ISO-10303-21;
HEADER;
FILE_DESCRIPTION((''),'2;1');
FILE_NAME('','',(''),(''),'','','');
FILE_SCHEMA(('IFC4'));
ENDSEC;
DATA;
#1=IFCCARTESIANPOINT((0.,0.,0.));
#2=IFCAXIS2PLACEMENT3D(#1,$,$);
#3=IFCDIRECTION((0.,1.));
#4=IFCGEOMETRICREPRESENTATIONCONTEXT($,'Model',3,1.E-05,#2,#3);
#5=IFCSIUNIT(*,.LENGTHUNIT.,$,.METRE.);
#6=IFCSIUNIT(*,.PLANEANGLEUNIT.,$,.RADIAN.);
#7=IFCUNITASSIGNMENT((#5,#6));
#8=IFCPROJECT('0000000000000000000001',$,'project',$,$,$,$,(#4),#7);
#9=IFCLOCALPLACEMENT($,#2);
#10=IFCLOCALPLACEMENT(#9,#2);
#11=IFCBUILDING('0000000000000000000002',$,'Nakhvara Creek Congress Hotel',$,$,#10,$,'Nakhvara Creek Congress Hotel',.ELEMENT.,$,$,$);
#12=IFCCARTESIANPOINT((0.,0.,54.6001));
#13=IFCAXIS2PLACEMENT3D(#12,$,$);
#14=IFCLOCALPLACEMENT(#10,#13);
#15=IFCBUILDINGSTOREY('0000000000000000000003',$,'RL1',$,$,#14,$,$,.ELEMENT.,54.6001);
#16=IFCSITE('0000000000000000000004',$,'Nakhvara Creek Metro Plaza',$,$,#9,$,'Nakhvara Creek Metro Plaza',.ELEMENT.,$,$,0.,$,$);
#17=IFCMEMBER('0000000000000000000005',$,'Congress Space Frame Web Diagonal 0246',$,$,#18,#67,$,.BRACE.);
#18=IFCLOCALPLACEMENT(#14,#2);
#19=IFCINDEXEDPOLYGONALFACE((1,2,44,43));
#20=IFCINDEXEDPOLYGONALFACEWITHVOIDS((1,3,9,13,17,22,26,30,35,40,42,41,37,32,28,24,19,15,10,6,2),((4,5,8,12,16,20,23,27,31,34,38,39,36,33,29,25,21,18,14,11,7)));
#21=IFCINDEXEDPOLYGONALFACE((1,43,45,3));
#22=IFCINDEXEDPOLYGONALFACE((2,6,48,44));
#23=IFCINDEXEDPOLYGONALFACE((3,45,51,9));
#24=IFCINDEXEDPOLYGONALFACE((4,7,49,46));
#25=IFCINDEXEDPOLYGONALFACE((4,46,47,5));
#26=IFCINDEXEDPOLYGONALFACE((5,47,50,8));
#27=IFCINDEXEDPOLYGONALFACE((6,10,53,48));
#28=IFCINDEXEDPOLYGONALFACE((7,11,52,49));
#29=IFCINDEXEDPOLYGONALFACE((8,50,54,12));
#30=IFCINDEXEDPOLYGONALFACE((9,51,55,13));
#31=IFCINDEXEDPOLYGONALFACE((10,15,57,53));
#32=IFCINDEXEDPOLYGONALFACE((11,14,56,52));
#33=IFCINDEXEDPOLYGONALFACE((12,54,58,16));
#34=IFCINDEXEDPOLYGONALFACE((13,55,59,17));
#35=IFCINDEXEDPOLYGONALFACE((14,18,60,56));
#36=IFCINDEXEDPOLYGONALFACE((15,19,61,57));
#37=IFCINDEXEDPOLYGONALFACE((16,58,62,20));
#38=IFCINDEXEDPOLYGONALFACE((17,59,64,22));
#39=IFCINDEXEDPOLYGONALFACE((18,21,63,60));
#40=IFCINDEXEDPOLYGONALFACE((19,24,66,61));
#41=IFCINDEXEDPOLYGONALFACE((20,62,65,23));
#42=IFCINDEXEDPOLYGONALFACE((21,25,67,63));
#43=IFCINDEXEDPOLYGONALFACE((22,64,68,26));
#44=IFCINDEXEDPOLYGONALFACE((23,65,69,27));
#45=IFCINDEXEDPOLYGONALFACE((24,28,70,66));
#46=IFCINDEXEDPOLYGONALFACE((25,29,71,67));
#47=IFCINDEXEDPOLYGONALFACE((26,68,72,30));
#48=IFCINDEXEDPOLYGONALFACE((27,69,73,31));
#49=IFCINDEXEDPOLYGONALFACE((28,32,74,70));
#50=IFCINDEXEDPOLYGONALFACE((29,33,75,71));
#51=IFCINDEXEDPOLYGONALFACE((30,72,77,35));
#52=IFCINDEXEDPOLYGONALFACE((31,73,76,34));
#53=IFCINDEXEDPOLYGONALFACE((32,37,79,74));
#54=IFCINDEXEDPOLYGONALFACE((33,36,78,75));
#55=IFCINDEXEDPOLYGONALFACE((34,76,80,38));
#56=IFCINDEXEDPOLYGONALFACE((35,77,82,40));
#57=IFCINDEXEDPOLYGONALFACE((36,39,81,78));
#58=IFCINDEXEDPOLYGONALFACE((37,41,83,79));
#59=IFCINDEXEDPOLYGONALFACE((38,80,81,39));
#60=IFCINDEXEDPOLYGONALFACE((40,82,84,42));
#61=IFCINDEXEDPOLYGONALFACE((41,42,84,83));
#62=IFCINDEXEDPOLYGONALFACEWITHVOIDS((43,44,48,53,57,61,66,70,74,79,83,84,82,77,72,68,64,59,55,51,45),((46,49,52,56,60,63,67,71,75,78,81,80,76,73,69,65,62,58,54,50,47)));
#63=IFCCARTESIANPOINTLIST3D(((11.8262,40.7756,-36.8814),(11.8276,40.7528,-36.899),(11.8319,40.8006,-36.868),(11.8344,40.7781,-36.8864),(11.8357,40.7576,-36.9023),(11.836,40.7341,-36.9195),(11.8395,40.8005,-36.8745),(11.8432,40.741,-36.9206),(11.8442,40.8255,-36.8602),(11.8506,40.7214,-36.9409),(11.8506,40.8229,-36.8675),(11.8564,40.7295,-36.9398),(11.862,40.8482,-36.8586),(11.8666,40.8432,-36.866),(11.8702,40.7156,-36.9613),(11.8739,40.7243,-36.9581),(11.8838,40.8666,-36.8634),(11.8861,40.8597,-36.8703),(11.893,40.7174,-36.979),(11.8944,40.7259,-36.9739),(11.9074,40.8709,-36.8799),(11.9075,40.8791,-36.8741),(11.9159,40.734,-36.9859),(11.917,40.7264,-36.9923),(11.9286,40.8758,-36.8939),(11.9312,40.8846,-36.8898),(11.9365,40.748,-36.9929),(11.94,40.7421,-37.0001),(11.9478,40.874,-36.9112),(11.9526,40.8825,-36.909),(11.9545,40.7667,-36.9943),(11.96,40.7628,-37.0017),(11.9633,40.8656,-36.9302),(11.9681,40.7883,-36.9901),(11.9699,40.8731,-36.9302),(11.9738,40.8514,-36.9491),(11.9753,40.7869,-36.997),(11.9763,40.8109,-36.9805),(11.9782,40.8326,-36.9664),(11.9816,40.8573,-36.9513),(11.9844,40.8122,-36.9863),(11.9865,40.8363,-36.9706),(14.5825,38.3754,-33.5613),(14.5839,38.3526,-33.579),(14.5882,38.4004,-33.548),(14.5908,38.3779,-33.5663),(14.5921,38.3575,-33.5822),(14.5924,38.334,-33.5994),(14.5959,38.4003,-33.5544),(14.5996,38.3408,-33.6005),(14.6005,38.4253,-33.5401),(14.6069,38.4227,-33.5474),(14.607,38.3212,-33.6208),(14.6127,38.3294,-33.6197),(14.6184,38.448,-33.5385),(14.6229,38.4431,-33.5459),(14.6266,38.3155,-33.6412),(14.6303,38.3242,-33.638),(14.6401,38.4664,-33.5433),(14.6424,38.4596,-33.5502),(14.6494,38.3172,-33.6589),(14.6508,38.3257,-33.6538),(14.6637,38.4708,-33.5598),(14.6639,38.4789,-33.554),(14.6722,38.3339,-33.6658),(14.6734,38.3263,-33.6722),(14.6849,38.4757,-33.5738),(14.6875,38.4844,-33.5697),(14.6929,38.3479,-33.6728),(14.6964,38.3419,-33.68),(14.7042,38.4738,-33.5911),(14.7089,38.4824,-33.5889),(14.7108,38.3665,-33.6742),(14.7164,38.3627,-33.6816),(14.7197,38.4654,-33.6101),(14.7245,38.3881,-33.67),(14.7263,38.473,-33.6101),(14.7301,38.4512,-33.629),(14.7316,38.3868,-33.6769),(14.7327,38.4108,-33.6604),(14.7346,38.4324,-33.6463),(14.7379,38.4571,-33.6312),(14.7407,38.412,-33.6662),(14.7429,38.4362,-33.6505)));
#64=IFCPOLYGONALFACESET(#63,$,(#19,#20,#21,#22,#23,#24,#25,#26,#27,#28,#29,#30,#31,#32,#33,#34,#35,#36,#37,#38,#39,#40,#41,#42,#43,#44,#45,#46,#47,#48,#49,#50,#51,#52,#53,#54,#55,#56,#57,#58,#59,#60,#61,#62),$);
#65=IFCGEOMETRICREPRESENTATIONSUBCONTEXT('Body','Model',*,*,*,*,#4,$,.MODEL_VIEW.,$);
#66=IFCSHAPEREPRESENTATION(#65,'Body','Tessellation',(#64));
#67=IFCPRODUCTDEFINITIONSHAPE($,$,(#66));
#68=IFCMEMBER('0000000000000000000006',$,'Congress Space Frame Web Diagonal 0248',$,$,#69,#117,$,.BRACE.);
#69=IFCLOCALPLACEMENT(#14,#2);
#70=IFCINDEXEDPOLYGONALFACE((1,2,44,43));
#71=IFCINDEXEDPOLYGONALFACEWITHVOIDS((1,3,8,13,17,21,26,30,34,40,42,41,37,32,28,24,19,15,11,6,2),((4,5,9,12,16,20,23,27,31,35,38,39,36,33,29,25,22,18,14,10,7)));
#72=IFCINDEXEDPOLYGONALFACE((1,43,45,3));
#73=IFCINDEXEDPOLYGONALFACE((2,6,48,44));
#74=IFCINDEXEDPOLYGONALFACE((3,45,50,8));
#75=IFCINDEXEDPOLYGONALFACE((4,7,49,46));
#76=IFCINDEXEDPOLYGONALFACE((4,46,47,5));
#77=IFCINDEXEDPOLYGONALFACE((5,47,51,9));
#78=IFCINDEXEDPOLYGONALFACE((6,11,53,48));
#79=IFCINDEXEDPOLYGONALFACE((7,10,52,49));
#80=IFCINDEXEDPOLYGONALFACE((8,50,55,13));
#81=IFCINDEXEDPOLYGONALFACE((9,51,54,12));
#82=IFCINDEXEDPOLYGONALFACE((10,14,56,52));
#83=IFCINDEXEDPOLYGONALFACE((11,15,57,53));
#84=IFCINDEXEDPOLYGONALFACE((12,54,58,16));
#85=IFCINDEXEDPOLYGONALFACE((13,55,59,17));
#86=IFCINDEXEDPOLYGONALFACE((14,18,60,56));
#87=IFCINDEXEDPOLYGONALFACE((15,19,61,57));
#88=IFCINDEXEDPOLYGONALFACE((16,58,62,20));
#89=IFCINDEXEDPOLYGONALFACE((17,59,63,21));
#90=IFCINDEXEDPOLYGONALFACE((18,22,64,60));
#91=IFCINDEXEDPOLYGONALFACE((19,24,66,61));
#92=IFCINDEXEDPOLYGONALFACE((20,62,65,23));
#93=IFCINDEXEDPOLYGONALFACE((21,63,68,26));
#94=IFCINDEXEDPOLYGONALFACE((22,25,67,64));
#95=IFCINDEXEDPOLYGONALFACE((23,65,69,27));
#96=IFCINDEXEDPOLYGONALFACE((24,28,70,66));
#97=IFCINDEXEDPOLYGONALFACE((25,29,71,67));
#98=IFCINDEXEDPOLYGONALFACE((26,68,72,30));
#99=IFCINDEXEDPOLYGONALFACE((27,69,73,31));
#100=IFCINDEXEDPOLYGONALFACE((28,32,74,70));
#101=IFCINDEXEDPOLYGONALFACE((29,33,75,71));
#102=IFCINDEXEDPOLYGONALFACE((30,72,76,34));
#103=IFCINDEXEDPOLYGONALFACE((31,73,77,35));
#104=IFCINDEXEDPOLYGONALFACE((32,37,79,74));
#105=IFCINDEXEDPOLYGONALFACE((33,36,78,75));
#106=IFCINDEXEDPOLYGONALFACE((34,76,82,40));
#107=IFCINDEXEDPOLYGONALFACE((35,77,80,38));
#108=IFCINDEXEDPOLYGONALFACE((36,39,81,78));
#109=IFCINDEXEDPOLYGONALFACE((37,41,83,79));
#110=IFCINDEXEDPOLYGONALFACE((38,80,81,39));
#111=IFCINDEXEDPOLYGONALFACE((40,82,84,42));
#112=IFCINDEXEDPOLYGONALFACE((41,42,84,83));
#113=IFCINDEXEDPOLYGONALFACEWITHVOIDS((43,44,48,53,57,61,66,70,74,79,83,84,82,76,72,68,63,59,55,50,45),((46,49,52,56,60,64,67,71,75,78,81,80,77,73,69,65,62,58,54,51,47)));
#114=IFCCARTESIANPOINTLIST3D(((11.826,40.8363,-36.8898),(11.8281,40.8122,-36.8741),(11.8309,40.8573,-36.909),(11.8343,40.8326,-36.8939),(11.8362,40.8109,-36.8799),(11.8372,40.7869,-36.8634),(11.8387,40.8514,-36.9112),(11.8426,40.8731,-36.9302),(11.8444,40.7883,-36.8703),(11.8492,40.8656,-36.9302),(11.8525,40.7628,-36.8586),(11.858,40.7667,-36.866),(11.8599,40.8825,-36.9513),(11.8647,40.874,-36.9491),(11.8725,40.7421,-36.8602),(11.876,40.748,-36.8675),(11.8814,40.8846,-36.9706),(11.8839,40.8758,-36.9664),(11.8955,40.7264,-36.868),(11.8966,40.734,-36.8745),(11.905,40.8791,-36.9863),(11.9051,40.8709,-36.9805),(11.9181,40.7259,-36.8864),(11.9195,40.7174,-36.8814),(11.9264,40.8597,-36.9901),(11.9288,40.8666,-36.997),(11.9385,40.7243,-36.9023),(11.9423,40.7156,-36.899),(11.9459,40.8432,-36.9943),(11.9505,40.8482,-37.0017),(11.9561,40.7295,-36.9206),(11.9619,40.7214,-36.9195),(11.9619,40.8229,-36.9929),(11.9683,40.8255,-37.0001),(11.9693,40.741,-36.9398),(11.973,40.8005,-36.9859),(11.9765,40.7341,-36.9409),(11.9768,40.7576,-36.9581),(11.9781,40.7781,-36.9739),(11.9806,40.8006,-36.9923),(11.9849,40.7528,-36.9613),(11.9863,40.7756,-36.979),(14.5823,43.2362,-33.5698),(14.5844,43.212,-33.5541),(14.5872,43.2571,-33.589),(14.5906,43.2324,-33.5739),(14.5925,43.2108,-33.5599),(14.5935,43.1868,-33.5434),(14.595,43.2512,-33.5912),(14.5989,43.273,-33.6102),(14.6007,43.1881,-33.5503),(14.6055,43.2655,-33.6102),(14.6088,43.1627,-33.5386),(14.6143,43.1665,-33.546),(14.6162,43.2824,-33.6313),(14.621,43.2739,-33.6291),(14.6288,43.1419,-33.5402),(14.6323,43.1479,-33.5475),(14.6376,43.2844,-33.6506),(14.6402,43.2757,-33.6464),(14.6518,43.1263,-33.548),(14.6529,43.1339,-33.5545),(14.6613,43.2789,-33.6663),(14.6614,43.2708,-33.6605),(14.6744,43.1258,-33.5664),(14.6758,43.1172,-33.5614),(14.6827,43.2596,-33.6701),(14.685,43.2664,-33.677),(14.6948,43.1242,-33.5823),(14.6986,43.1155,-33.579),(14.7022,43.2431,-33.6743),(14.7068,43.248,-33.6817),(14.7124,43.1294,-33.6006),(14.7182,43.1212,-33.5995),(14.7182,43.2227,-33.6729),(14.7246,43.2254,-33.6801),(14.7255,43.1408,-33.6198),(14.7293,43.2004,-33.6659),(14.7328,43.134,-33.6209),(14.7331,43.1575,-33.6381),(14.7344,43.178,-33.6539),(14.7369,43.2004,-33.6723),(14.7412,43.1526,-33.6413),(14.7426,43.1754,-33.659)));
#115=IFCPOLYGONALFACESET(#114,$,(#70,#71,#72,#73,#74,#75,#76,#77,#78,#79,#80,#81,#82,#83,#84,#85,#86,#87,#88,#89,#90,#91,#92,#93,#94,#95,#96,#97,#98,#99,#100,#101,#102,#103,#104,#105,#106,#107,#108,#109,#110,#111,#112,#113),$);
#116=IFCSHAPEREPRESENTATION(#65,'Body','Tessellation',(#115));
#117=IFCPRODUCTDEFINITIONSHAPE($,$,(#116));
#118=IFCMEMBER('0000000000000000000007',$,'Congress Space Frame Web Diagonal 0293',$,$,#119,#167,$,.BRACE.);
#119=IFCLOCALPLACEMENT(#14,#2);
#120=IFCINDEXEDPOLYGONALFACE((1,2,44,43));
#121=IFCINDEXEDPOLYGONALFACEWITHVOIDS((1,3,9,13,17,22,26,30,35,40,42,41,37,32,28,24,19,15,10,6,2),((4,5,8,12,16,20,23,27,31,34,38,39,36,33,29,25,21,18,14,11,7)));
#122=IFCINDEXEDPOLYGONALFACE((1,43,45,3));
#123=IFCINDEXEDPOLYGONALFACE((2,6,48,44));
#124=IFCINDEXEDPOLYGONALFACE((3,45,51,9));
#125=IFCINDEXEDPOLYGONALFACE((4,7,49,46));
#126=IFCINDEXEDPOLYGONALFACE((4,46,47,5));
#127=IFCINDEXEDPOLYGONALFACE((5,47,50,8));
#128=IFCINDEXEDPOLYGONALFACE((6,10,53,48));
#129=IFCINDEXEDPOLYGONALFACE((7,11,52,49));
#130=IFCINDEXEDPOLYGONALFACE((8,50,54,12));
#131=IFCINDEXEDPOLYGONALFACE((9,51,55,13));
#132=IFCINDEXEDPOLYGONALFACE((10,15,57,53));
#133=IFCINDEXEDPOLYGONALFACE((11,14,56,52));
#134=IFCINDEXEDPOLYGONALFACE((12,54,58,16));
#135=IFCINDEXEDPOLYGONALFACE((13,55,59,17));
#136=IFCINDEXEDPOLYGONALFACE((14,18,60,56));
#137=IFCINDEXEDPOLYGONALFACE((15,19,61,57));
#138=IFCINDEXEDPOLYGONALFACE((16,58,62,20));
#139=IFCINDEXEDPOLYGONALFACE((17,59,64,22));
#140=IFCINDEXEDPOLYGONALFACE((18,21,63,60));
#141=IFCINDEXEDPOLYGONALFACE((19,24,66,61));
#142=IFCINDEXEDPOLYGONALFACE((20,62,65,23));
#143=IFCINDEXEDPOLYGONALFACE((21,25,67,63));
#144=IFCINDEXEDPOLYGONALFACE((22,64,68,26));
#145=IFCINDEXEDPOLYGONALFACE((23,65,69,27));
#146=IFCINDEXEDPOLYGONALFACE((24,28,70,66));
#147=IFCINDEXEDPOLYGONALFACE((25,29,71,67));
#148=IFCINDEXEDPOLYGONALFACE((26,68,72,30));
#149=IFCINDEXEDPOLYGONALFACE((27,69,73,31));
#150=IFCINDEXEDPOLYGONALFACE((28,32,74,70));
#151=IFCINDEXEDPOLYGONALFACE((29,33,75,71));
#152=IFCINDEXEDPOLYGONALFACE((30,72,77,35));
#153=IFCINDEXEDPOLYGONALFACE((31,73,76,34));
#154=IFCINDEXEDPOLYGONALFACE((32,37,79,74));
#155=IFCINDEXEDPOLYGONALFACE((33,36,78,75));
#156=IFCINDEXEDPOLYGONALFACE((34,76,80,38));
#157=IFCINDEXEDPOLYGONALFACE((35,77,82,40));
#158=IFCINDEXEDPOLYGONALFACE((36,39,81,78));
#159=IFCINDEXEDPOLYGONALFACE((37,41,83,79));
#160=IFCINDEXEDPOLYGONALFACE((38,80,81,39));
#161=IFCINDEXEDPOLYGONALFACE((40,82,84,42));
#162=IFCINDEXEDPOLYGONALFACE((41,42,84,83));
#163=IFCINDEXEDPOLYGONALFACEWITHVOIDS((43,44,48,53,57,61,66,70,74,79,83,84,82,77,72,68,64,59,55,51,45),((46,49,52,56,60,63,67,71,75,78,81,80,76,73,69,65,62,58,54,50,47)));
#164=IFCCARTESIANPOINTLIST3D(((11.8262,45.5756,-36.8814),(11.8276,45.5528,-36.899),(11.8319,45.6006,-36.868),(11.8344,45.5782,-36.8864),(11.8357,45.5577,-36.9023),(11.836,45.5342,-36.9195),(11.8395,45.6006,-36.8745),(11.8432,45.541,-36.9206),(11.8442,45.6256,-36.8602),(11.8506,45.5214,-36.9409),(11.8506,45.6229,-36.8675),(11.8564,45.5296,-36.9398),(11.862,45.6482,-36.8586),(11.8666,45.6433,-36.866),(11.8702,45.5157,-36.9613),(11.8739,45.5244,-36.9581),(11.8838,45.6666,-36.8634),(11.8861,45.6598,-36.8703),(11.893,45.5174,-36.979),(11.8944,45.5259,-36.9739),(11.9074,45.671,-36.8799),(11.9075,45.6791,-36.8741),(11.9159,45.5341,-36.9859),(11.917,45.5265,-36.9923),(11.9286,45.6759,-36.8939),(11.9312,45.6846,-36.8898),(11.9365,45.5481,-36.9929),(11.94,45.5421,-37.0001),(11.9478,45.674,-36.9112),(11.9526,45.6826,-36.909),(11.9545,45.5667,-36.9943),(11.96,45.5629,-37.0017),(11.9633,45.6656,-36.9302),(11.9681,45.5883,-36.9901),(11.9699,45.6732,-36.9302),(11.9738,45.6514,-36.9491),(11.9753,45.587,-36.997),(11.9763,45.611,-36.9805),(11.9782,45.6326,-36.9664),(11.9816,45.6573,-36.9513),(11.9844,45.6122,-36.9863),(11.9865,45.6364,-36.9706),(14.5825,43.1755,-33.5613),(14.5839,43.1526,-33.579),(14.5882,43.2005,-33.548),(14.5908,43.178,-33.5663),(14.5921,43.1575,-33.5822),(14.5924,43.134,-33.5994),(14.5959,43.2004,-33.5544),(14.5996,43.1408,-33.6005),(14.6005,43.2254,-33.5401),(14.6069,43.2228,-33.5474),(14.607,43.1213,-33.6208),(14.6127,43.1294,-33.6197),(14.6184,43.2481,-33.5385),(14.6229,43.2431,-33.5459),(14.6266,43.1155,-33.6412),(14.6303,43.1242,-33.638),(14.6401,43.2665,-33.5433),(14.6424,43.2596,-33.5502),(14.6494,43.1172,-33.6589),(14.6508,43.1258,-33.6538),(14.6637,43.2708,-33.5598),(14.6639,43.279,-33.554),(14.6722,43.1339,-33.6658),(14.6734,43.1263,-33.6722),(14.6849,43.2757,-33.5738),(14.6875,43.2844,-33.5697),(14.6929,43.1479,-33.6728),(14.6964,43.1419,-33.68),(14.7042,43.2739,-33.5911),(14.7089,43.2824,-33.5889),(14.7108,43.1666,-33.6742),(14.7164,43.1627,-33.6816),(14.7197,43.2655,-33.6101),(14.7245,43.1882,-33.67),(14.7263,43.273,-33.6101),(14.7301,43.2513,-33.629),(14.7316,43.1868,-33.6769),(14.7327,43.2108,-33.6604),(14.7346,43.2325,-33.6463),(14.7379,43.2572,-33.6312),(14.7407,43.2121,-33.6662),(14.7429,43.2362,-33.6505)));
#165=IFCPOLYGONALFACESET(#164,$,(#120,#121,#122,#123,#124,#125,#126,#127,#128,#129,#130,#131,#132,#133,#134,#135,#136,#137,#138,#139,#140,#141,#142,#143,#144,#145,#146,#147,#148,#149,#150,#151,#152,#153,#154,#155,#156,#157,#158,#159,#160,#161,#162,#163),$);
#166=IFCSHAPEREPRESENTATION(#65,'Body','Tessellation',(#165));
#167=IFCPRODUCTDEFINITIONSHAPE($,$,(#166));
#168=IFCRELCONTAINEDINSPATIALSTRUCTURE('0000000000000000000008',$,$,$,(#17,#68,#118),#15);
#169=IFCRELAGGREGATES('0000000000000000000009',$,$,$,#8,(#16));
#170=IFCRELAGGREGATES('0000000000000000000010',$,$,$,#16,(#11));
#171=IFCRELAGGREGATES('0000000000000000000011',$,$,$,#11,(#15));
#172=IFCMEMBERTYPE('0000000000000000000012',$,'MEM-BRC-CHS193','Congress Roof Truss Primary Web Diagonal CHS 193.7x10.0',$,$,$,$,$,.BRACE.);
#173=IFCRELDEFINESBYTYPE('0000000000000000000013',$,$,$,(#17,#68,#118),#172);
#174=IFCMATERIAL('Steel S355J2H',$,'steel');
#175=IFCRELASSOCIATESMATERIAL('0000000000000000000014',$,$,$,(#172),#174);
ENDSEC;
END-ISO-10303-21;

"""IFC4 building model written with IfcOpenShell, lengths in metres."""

from ifc_helpers import new_model, si_unit, direction, frame, origin, origin_2d, place, context, subcontext, project, spatial, hollow_circle, extrude, material, material_profile, profile_set, type_object, element, save


model = new_model("IFC4")

# Units and contexts
model_context = context("Model", 3, precision=1e-05, world=origin(), true_north=direction((0.0, 1.0)))
body_context = subcontext(model_context, "Body", "Model", "MODEL_VIEW")
ifc_project = project(units=[si_unit("LENGTHUNIT", "METRE"), si_unit("PLANEANGLEUNIT", "RADIAN")], contexts=[model_context])

# Site, building, storey
site_placement = place(None, origin())
site = spatial("IfcSite", under=ifc_project, at=site_placement, Name="Nakhvara Creek Metro Plaza", LongName="Nakhvara Creek Metro Plaza", CompositionType="ELEMENT", RefElevation=0.0)
building_placement = place(site_placement, origin())
building = spatial("IfcBuilding", under=site, at=building_placement, Name="Nakhvara Creek Congress Hotel", LongName="Nakhvara Creek Congress Hotel", CompositionType="ELEMENT")
storey_placement = place(building_placement, frame((0.0, 0.0, 54.6001)))
storey = spatial("IfcBuildingStorey", under=building, at=storey_placement, Name="RL1", CompositionType="ELEMENT", Elevation=54.6001)

# Members
ifc_material_1 = material(Name="Steel S355J2H", Category="steel")
ifc_material_profile_1 = material_profile(ifc_material_1, hollow_circle(Radius=0.0969, WallThickness=0.01, at=origin_2d()), Name="CHS 193.7x10.0", Category="LoadBearing")
ifc_profile_set_1 = profile_set([ifc_material_profile_1], Name="Steel S355J2H")
member_type_1 = type_object("IfcMemberType", Name="MEM-BRC-CHS193", Description="Congress Roof Truss Primary Web Diagonal CHS 193.7x10.0", PredefinedType="BRACE", material=ifc_profile_set_1)
member_1_placement = place(storey_placement, frame((11.9062, 40.8, -36.9302), z_axis=(0.558224, -0.486085, 0.67239), x_axis=(0.656696, 0.754155, 0.0)))
element("IfcMember", 1, at=member_1_placement, inside=storey, type_object=member_type_1, Name="Congress Space Frame Web Diagonal 0246", PredefinedType="BRACE", context=body_context, shape_type="SweptSolid", body=[
    extrude(hollow_circle(Radius=0.0969, WallThickness=0.01, at=origin_2d()), origin(), (0.0, 0.0, 1.0), 4.9377),
])
member_2_placement = place(storey_placement, frame((11.9062, 40.8, -36.9302), z_axis=(0.558237, 0.486047, 0.672406), x_axis=(-0.656658, 0.754188, 0.0)))
element("IfcMember", 2, at=member_2_placement, inside=storey, type_object=member_type_1, Name="Congress Space Frame Web Diagonal 0248", PredefinedType="BRACE", context=body_context, shape_type="SweptSolid", body=[
    extrude(hollow_circle(Radius=0.0969, WallThickness=0.01, at=origin_2d()), origin(), (0.0, 0.0, 1.0), 4.9375),
])
member_3_placement = place(storey_placement, frame((11.9062, 45.6001, -36.9302), z_axis=(0.558224, -0.486085, 0.67239), x_axis=(0.656696, 0.754155, 0.0)))
element("IfcMember", 3, at=member_3_placement, inside=storey, type_object=member_type_1, Name="Congress Space Frame Web Diagonal 0293", PredefinedType="BRACE", context=body_context, shape_type="SweptSolid", body=[
    extrude(hollow_circle(Radius=0.0969, WallThickness=0.01, at=origin_2d()), origin(), (0.0, 0.0, 1.0), 4.9377),
])

save(model, "model.ifc")
